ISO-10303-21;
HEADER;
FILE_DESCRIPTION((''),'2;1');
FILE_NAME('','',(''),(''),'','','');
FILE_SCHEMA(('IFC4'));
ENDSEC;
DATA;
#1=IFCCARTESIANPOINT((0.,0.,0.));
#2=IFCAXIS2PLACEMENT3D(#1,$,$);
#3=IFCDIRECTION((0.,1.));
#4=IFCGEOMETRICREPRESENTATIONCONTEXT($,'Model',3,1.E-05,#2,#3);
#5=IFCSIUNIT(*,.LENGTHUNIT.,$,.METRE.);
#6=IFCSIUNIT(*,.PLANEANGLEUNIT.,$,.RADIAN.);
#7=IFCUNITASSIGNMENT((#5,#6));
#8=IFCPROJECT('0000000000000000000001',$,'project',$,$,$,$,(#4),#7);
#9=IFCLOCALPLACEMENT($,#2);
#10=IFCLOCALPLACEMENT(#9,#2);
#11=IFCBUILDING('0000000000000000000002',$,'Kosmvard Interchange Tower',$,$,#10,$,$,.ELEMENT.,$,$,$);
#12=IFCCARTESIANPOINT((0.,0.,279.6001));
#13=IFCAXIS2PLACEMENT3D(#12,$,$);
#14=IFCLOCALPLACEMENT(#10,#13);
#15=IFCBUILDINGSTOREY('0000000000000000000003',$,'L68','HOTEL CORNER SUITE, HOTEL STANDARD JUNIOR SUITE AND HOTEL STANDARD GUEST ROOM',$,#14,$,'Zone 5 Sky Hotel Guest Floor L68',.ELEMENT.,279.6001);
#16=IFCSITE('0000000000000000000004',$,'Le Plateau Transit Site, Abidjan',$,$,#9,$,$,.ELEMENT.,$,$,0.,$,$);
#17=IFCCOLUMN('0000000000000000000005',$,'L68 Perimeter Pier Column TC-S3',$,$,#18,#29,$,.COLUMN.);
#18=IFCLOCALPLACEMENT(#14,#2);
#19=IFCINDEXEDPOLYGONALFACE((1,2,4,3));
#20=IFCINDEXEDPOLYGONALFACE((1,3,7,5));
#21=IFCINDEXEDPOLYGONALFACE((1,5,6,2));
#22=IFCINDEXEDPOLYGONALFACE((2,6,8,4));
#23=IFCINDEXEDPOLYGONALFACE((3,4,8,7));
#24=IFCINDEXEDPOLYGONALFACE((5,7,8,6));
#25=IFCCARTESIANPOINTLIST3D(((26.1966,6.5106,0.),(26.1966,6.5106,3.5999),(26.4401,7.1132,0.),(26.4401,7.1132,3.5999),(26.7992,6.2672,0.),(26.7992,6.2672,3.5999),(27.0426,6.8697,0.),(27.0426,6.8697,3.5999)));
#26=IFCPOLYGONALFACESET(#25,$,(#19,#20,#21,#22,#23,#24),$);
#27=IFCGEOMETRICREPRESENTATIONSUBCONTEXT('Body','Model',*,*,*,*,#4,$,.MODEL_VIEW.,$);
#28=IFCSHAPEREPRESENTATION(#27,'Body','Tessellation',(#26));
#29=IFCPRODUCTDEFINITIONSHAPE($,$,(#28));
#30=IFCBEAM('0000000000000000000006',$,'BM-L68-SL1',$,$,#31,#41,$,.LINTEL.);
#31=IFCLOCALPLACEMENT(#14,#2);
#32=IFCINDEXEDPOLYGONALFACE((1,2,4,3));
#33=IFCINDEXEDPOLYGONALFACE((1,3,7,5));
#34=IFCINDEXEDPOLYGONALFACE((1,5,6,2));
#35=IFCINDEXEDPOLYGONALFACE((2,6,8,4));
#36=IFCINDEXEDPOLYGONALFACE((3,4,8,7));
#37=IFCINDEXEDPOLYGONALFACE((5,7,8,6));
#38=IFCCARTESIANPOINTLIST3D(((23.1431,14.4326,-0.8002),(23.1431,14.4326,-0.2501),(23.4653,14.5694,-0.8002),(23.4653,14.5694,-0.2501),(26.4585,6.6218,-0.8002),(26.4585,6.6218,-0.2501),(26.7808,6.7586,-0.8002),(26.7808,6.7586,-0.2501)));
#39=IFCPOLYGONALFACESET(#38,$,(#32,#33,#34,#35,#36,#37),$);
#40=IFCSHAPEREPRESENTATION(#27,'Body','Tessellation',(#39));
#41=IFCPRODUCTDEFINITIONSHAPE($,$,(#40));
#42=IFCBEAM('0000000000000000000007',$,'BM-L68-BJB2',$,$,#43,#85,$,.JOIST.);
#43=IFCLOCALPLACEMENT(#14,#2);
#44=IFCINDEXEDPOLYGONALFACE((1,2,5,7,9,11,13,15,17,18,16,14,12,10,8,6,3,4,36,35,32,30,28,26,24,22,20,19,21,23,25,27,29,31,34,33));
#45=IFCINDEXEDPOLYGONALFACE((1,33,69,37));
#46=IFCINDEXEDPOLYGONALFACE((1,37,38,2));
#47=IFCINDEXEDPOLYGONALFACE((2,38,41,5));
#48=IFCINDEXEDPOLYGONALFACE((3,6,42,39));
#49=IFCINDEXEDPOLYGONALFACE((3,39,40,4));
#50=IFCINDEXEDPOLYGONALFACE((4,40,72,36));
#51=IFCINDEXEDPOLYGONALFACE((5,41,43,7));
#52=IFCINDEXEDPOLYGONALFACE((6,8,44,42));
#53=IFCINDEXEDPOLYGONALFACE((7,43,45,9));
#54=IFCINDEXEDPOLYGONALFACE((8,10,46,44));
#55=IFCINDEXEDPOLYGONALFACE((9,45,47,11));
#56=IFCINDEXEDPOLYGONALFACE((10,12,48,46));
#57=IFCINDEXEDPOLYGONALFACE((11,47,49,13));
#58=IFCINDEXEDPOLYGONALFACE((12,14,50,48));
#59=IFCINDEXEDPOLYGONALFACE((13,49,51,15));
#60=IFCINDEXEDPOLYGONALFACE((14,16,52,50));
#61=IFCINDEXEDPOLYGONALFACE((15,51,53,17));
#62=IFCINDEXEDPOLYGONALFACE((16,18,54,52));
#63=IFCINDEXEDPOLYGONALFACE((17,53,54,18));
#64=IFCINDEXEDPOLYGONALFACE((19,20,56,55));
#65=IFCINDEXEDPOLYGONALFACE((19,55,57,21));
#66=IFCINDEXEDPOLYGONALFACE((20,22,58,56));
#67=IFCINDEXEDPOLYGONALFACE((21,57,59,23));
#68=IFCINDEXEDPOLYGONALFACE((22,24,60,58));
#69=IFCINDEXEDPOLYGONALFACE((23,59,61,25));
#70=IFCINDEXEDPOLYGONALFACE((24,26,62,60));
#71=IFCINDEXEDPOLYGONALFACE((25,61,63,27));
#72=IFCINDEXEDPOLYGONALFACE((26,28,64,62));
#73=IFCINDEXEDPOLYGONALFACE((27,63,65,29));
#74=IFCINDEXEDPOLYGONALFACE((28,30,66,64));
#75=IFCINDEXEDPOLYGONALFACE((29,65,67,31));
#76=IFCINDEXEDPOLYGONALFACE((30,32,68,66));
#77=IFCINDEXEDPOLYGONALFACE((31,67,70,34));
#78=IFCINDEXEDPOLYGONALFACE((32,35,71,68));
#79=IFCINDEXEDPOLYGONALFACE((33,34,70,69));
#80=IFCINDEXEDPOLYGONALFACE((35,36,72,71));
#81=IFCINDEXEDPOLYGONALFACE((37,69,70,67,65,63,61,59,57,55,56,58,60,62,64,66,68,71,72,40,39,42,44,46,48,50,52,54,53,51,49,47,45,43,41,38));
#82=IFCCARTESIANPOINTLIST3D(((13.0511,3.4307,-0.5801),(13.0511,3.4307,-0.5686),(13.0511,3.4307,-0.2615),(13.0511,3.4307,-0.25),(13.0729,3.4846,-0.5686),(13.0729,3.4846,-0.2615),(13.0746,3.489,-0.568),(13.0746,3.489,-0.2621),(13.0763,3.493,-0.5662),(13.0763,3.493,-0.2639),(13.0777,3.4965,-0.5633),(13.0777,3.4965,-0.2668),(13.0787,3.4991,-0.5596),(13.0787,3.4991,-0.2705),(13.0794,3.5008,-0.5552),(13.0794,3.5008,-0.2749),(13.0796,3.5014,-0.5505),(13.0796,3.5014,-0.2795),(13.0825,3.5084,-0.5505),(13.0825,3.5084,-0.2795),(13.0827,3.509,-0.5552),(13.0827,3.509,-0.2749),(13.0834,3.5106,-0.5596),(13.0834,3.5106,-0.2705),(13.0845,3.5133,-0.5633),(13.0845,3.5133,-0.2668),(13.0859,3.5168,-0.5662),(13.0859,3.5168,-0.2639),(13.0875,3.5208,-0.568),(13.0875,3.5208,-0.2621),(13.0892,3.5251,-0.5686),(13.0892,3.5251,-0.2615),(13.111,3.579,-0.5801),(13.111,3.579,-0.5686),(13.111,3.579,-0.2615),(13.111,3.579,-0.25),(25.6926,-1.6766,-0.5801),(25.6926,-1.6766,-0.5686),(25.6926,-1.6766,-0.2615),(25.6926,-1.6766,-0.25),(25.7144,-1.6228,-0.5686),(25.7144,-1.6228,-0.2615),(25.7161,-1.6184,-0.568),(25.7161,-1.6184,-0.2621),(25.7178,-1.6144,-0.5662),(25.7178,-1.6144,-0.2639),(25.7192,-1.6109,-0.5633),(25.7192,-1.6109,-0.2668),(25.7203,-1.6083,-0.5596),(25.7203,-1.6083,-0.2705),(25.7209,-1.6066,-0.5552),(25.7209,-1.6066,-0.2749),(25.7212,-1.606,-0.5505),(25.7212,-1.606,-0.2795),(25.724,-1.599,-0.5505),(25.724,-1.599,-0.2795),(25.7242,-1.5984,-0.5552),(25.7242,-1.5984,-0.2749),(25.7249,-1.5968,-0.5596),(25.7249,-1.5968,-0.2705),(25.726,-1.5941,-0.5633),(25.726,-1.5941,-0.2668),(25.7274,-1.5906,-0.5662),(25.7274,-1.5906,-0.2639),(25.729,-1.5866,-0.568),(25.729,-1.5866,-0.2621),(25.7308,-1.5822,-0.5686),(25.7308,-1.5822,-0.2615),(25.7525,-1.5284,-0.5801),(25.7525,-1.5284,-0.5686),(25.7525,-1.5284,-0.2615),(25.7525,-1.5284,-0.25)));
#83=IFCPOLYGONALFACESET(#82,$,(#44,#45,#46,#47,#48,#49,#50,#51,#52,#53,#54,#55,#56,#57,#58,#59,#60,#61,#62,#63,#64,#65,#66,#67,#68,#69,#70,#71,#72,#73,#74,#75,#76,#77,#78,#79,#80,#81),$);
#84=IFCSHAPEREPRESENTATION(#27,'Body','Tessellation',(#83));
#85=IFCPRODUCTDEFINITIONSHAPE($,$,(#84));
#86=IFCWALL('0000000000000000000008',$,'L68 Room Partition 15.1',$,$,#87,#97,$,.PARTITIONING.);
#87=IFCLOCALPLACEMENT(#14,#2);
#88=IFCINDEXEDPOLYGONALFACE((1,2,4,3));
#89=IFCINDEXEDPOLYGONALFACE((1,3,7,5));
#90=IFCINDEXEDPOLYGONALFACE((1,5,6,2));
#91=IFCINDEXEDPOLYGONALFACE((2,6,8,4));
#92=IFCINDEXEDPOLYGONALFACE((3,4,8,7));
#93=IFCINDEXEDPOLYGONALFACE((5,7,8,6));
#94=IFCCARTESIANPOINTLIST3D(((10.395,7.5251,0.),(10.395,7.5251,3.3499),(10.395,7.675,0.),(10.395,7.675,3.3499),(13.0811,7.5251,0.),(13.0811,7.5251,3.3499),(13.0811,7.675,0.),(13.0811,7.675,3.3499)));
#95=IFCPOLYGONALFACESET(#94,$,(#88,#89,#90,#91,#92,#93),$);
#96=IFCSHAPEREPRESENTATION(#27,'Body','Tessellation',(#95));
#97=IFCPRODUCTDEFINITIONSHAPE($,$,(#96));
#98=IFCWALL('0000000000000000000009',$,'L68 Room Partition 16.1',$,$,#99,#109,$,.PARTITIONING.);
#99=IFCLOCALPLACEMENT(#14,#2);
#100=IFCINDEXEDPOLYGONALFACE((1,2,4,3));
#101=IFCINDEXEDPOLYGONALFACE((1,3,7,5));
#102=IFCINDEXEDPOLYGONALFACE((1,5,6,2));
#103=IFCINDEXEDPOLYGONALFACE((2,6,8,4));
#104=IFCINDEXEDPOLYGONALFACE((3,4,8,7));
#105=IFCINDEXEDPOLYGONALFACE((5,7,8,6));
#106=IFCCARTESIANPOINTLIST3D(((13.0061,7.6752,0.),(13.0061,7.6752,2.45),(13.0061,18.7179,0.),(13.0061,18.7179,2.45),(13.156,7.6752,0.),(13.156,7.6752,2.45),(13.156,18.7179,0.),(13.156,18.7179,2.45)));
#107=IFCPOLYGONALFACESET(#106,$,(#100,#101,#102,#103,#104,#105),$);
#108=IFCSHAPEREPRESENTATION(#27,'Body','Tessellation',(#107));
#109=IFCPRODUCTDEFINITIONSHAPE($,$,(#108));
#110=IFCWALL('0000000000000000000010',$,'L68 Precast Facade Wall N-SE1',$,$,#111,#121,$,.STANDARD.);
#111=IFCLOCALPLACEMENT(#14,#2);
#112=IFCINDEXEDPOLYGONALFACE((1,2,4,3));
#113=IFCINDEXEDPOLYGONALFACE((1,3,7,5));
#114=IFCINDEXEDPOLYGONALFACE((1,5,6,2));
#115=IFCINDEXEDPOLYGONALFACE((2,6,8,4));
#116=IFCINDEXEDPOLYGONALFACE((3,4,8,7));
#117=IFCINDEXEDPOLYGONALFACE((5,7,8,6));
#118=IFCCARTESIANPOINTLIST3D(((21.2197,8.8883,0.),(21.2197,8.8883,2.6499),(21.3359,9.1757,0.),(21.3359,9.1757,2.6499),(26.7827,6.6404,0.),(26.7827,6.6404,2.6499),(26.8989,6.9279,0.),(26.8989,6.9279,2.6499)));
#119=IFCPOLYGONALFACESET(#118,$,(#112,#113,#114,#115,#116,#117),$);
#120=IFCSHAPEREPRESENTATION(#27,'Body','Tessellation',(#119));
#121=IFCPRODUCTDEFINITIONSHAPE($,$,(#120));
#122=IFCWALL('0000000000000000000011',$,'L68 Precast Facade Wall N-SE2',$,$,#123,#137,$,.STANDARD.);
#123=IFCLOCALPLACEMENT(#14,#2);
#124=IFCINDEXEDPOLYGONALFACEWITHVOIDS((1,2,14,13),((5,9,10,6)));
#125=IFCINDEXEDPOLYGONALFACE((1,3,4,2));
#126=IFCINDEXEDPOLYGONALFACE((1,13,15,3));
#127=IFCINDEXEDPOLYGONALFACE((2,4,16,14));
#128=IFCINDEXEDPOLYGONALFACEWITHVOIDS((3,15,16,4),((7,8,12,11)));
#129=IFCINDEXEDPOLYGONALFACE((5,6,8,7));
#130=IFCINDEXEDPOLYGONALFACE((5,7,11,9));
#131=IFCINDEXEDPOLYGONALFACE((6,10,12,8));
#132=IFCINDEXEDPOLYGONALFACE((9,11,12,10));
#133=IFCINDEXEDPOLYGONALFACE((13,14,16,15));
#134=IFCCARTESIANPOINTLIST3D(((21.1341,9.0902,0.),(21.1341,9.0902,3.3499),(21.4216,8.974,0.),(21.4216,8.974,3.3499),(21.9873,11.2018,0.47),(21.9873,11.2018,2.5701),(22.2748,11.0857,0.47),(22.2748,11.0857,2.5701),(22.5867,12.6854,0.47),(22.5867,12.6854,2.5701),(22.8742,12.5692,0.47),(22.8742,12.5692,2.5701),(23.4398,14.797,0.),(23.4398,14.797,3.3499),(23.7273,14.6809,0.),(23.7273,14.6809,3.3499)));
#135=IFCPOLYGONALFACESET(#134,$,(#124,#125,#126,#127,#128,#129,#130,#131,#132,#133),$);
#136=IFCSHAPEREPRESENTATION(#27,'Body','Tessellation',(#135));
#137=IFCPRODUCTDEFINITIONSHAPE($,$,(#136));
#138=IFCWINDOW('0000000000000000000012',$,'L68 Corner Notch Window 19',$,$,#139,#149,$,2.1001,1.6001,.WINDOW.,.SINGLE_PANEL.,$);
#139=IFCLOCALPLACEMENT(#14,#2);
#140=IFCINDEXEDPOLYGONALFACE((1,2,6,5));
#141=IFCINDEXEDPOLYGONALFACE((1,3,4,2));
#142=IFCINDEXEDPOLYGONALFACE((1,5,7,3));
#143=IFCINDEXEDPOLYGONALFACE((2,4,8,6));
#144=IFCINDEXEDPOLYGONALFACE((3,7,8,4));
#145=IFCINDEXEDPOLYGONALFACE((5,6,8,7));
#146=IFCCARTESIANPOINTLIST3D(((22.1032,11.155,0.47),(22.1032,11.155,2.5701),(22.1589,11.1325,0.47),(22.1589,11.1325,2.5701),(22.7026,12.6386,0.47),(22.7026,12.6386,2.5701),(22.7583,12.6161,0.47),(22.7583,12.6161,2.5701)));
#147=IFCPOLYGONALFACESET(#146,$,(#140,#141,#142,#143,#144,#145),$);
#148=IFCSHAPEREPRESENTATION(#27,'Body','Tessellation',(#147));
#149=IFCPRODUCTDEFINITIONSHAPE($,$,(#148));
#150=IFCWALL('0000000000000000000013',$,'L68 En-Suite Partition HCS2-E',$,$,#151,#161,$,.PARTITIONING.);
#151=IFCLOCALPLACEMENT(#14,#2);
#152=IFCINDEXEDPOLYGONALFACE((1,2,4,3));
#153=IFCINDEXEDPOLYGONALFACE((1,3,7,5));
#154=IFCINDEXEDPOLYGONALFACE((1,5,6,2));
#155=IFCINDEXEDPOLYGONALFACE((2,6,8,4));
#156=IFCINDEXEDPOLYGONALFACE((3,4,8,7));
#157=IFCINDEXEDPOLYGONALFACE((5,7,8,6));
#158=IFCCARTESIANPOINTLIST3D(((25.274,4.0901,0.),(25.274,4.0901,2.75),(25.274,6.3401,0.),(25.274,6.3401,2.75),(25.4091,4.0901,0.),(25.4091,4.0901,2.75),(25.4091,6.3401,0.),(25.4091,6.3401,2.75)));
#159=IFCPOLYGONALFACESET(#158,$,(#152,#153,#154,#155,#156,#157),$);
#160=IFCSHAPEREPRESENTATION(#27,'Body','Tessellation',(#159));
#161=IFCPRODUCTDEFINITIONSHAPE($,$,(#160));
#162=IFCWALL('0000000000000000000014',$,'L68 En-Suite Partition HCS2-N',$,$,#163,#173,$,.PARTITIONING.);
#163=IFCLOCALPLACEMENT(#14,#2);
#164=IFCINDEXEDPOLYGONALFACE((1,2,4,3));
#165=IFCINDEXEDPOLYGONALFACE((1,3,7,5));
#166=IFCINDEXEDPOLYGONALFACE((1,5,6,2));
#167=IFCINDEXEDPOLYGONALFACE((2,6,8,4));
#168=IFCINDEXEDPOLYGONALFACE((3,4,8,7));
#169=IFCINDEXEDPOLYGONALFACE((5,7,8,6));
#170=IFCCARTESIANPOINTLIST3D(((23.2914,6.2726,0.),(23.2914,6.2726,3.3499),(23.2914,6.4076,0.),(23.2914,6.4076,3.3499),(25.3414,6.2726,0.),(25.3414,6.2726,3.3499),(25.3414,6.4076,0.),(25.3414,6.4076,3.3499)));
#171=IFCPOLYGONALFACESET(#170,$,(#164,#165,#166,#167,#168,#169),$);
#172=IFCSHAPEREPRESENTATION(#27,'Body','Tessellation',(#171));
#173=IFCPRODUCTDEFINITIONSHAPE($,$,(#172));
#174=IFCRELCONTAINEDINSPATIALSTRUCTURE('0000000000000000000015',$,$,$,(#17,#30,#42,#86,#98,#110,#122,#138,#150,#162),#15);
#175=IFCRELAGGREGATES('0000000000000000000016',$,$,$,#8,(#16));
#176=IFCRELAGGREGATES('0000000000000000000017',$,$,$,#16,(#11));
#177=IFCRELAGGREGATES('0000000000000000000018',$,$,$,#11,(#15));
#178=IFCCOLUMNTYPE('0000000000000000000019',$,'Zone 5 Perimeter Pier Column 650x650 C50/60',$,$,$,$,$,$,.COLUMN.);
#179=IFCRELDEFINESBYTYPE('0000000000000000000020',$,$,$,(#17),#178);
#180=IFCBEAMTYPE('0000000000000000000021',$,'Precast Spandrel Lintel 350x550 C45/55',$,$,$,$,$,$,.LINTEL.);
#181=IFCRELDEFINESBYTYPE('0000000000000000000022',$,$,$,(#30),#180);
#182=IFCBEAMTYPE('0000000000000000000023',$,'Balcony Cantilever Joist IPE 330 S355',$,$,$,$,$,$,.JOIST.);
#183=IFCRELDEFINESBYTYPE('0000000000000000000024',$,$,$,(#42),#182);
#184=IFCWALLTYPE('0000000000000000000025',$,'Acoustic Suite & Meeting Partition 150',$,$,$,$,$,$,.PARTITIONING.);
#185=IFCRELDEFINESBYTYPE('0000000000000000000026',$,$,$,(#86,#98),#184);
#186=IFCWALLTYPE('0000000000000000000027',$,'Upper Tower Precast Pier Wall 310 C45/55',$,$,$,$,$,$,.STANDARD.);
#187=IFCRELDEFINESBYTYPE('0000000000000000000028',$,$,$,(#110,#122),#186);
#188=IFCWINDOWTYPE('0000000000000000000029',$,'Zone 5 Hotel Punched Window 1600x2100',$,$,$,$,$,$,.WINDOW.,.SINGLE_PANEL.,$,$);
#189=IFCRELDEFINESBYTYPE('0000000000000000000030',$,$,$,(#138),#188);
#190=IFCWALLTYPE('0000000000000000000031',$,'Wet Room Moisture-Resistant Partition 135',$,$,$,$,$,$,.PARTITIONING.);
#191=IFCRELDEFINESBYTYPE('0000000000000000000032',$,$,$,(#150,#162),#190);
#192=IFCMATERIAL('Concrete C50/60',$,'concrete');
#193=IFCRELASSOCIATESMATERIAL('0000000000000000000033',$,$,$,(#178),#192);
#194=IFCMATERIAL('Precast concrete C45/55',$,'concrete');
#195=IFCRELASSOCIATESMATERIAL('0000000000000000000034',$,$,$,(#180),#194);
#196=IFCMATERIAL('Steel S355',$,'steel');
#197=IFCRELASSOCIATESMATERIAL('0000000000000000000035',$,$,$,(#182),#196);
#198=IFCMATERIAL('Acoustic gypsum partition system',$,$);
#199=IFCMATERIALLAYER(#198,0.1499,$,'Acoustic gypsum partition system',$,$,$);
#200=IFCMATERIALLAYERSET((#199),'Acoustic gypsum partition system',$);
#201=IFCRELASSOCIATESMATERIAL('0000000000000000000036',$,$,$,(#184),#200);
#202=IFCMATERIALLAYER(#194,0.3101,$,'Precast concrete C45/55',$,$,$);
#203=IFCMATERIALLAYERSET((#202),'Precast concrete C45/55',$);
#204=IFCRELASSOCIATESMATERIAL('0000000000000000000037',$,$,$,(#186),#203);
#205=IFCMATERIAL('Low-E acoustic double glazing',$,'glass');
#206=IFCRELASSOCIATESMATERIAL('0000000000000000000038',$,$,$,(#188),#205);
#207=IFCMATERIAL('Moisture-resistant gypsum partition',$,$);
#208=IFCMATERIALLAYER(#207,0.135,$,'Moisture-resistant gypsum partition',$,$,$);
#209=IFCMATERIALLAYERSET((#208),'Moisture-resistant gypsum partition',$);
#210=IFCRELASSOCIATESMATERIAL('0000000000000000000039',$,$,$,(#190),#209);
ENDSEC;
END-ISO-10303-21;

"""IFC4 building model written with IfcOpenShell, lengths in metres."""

from ifc_helpers import new_model, si_unit, direction, frame, frame_2d, origin, origin_2d, place, context, subcontext, project, spatial, rectangle, i_section, extrude, source, transform, mapped, material, layer, layer_set, material_profile, profile_set, type_object, element, fill, save


model = new_model("IFC4")

# Units and contexts
model_context = context("Model", 3, precision=1e-05, world=origin(), true_north=direction((0.0, 1.0)))
body_context = subcontext(model_context, "Body", "Model", "MODEL_VIEW")
ifc_project = project(units=[si_unit("LENGTHUNIT", "METRE"), si_unit("PLANEANGLEUNIT", "RADIAN")], contexts=[model_context])

# Site, building, storey
site_placement = place(None, origin())
site = spatial("IfcSite", under=ifc_project, at=site_placement, Name="Le Plateau Transit Site, Abidjan", CompositionType="ELEMENT", RefElevation=0.0)
building_placement = place(site_placement, origin())
building = spatial("IfcBuilding", under=site, at=building_placement, Name="Kosmvard Interchange Tower", CompositionType="ELEMENT")
storey_placement = place(building_placement, frame((0.0, 0.0, 279.6001)))
storey = spatial("IfcBuildingStorey", under=building, at=storey_placement, Name="L68", Description="HOTEL CORNER SUITE, HOTEL STANDARD JUNIOR SUITE AND HOTEL STANDARD GUEST ROOM", LongName="Zone 5 Sky Hotel Guest Floor L68", CompositionType="ELEMENT", Elevation=279.6001)

# Column
ifc_material_1 = material(Name="Concrete C50/60", Category="concrete")
ifc_material_profile_1 = material_profile(ifc_material_1, rectangle(XDim=0.6499, YDim=0.6499, at=origin_2d()), Name="TC 650x650")
ifc_profile_set_1 = profile_set([ifc_material_profile_1], Name="Concrete C50/60")
column_type = type_object("IfcColumnType", Name="Zone 5 Perimeter Pier Column 650x650 C50/60", PredefinedType="COLUMN", material=ifc_profile_set_1)
shared_shape_1 = source(origin(), body_context, "Body", "SweptSolid", [
    extrude(rectangle(XDim=0.6499, YDim=0.6499, at=origin_2d()), origin(), (0.0, 0.0, 1.0), 3.5999),
])
column_placement = place(storey_placement, frame((26.6196, 6.6902, 0.0), z_axis=(0.0, 0.0, 1.0), x_axis=(0.374607, 0.927184, 0.0)))
element("IfcColumn", 1, at=column_placement, inside=storey, type_object=column_type, Name="L68 Perimeter Pier Column TC-S3", PredefinedType="COLUMN", context=body_context, shape_type="MappedRepresentation", body=[
    mapped(shared_shape_1, transform((0.0, 0.0, 0.0), scale=1.0)),
])

# Beams
ifc_material_2 = material(Name="Precast concrete C45/55", Category="concrete")
ifc_material_profile_2 = material_profile(ifc_material_2, rectangle(XDim=0.3501, YDim=0.55, at=origin_2d()), Name="SL 350x550")
ifc_profile_set_2 = profile_set([ifc_material_profile_2], Name="Precast concrete C45/55")
beam_type_1 = type_object("IfcBeamType", Name="Precast Spandrel Lintel 350x550 C45/55", PredefinedType="LINTEL", material=ifc_profile_set_2)
shared_shape_2 = source(origin(), body_context, "Body", "SweptSolid", [
    extrude(rectangle(XDim=0.3501, YDim=0.55, at=origin_2d()), origin(), (0.0, 0.0, 1.0), 8.4854),
])
beam_1_placement = place(storey_placement, frame((26.6196, 6.6902, -0.5251), z_axis=(-0.390726, 0.920507, 0.0), x_axis=(-0.920507, -0.390726, 0.0)))
element("IfcBeam", 2, at=beam_1_placement, inside=storey, type_object=beam_type_1, Name="BM-L68-SL1", PredefinedType="LINTEL", context=body_context, shape_type="MappedRepresentation", body=[
    mapped(shared_shape_2, transform((0.0, 0.0, 0.0), scale=1.0)),
])
ifc_material_3 = material(Name="Steel S355", Category="steel")
ifc_material_profile_3 = material_profile(ifc_material_3, i_section(OverallWidth=0.1599, OverallDepth=0.3301, WebThickness=0.0076, FlangeThickness=0.0115, FilletRadius=0.0181, at=origin_2d()), Name="IPE 330")
ifc_profile_set_3 = profile_set([ifc_material_profile_3], Name="Steel S355")
beam_type_2 = type_object("IfcBeamType", Name="Balcony Cantilever Joist IPE 330 S355", PredefinedType="JOIST", material=ifc_profile_set_3)
shared_shape_3 = source(origin(), body_context, "Body", "SweptSolid", [
    extrude(i_section(OverallWidth=0.1599, OverallDepth=0.3301, WebThickness=0.0076, FlangeThickness=0.0115, FilletRadius=0.0181, at=origin_2d()), origin(), (0.0, 0.0, 1.0), 13.6343),
])
beam_2_placement = place(storey_placement, frame((13.0811, 3.5049, -0.415), z_axis=(0.927187, -0.374599, 0.0), x_axis=(0.374599, 0.927187, 0.0)))
element("IfcBeam", 3, at=beam_2_placement, inside=storey, type_object=beam_type_2, Name="BM-L68-BJB2", PredefinedType="JOIST", context=body_context, shape_type="MappedRepresentation", body=[
    mapped(shared_shape_3, transform((0.0, 0.0, 0.0), scale=1.0)),
])

# Walls
ifc_material_4 = material(Name="Acoustic gypsum partition system")
ifc_layer_1 = layer(ifc_material_4, 0.1499, Name="Acoustic gypsum partition system")
ifc_layer_set_1 = layer_set([ifc_layer_1], Name="Acoustic gypsum partition system")
wall_type_1 = type_object("IfcWallType", Name="Acoustic Suite & Meeting Partition 150", PredefinedType="PARTITIONING", material=ifc_layer_set_1)
wall_1_placement = place(storey_placement, frame((10.395, 7.6001, 0.0), z_axis=(0.0, 0.0, 1.0), x_axis=(1.0, 0.0, 0.0)))
element("IfcWall", 4, at=wall_1_placement, inside=storey, type_object=wall_type_1, Name="L68 Room Partition 15.1", PredefinedType="PARTITIONING", context=body_context, shape_type="SweptSolid", body=[
    extrude(rectangle(XDim=2.686, YDim=0.1499, at=frame_2d((1.343, 0.0))), origin(), (0.0, 0.0, 1.0), 3.3499),
])
wall_2_placement = place(storey_placement, frame((13.0811, 7.675, 0.0), z_axis=(0.0, 0.0, 1.0), x_axis=(0.0, 1.0, 0.0)))
element("IfcWall", 5, at=wall_2_placement, inside=storey, type_object=wall_type_1, Name="L68 Room Partition 16.1", PredefinedType="PARTITIONING", context=body_context, shape_type="SweptSolid", body=[
    extrude(rectangle(XDim=11.0427, YDim=0.1499, at=frame_2d((5.5215, 0.0))), origin(), (0.0, 0.0, 1.0), 2.45),
])
ifc_layer_2 = layer(ifc_material_2, 0.3101, Name="Precast concrete C45/55")
ifc_layer_set_2 = layer_set([ifc_layer_2], Name="Precast concrete C45/55")
wall_type_2 = type_object("IfcWallType", Name="Upper Tower Precast Pier Wall 310 C45/55", PredefinedType="STANDARD", material=ifc_layer_set_2)
wall_3_placement = place(storey_placement, frame((26.8408, 6.7842, 0.0), z_axis=(0.0, 0.0, 1.0), x_axis=(-0.927172, 0.374637, 0.0)))
element("IfcWall", 6, at=wall_3_placement, inside=storey, type_object=wall_type_2, Name="L68 Precast Facade Wall N-SE1", PredefinedType="STANDARD", context=body_context, shape_type="SweptSolid", body=[
    extrude(rectangle(XDim=6.0, YDim=0.3101, at=frame_2d((3.0, 0.0))), origin(), (0.0, 0.0, 1.0), 2.6499),
])

# Wall, opening, window
wall_4_placement = place(storey_placement, frame((21.2778, 9.032, 0.0), z_axis=(0.0, 0.0, 1.0), x_axis=(0.374603, 0.927185, 0.0)))
wall_4 = element("IfcWall", 7, at=wall_4_placement, inside=storey, type_object=wall_type_2, Name="L68 Precast Facade Wall N-SE2", PredefinedType="STANDARD", context=body_context, shape_type="SweptSolid", body=[
    extrude(rectangle(XDim=6.155, YDim=0.3101, at=frame_2d((3.0776, 0.0))), origin(), (0.0, 0.0, 1.0), 3.3499),
])
opening_1_placement = place(wall_4_placement, frame((2.2776, 0.0, 0.47)))
opening_1 = element("IfcOpeningElement", 8, at=opening_1_placement, cuts=wall_4, PredefinedType="OPENING", context=body_context, shape_type="SweptSolid", body=[
    extrude(rectangle(XDim=1.6001, YDim=2.1001, at=frame_2d((0.8, 1.05))), frame((0.0, 0.165, 0.0), z_axis=(0.0, -1.0, 0.0), x_axis=(1.0, 0.0, 0.0)), (0.0, 0.0, 1.0), 0.3301),
])
ifc_material_5 = material(Name="Low-E acoustic double glazing", Category="glass")
window_type = type_object("IfcWindowType", Name="Zone 5 Hotel Punched Window 1600x2100", PartitioningType="SINGLE_PANEL", PredefinedType="WINDOW", material=ifc_material_5)
shared_shape_4 = source(origin(), body_context, "Body", "SweptSolid", [
    extrude(rectangle(XDim=1.6001, YDim=2.1001, at=frame_2d((0.8, 1.05))), frame((0.0, 0.03, 0.0), z_axis=(0.0, -1.0, 0.0), x_axis=(1.0, 0.0, 0.0)), (0.0, 0.0, 1.0), 0.0601),
])
window_placement = place(opening_1_placement, origin())
window = element("IfcWindow", 9, at=window_placement, inside=storey, type_object=window_type, Name="L68 Corner Notch Window 19", OverallHeight=2.1001, OverallWidth=1.6001, PartitioningType="SINGLE_PANEL", PredefinedType="WINDOW", context=body_context, shape_type="MappedRepresentation", body=[
    mapped(shared_shape_4, transform((0.0, 0.0, 0.0), scale=1.0)),
])
fill(opening_1, window)

# Walls
ifc_material_6 = material(Name="Moisture-resistant gypsum partition")
ifc_layer_3 = layer(ifc_material_6, 0.135, Name="Moisture-resistant gypsum partition")
ifc_layer_set_3 = layer_set([ifc_layer_3], Name="Moisture-resistant gypsum partition")
wall_type_3 = type_object("IfcWallType", Name="Wet Room Moisture-Resistant Partition 135", PredefinedType="PARTITIONING", material=ifc_layer_set_3)
wall_5_placement = place(storey_placement, frame((25.3416, 4.0901, 0.0), z_axis=(0.0, 0.0, 1.0), x_axis=(0.0, 1.0, 0.0)))
element("IfcWall", 10, at=wall_5_placement, inside=storey, type_object=wall_type_3, Name="L68 En-Suite Partition HCS2-E", PredefinedType="PARTITIONING", context=body_context, shape_type="SweptSolid", body=[
    extrude(rectangle(XDim=2.25, YDim=0.135, at=frame_2d((1.125, 0.0))), origin(), (0.0, 0.0, 1.0), 2.75),
])
wall_6_placement = place(storey_placement, frame((23.2915, 6.3401, 0.0), z_axis=(0.0, 0.0, 1.0), x_axis=(1.0, 0.0, 0.0)))
element("IfcWall", 11, at=wall_6_placement, inside=storey, type_object=wall_type_3, Name="L68 En-Suite Partition HCS2-N", PredefinedType="PARTITIONING", context=body_context, shape_type="SweptSolid", body=[
    extrude(rectangle(XDim=2.05, YDim=0.135, at=frame_2d((1.0249, 0.0))), origin(), (0.0, 0.0, 1.0), 3.3499),
])

save(model, "model.ifc")
